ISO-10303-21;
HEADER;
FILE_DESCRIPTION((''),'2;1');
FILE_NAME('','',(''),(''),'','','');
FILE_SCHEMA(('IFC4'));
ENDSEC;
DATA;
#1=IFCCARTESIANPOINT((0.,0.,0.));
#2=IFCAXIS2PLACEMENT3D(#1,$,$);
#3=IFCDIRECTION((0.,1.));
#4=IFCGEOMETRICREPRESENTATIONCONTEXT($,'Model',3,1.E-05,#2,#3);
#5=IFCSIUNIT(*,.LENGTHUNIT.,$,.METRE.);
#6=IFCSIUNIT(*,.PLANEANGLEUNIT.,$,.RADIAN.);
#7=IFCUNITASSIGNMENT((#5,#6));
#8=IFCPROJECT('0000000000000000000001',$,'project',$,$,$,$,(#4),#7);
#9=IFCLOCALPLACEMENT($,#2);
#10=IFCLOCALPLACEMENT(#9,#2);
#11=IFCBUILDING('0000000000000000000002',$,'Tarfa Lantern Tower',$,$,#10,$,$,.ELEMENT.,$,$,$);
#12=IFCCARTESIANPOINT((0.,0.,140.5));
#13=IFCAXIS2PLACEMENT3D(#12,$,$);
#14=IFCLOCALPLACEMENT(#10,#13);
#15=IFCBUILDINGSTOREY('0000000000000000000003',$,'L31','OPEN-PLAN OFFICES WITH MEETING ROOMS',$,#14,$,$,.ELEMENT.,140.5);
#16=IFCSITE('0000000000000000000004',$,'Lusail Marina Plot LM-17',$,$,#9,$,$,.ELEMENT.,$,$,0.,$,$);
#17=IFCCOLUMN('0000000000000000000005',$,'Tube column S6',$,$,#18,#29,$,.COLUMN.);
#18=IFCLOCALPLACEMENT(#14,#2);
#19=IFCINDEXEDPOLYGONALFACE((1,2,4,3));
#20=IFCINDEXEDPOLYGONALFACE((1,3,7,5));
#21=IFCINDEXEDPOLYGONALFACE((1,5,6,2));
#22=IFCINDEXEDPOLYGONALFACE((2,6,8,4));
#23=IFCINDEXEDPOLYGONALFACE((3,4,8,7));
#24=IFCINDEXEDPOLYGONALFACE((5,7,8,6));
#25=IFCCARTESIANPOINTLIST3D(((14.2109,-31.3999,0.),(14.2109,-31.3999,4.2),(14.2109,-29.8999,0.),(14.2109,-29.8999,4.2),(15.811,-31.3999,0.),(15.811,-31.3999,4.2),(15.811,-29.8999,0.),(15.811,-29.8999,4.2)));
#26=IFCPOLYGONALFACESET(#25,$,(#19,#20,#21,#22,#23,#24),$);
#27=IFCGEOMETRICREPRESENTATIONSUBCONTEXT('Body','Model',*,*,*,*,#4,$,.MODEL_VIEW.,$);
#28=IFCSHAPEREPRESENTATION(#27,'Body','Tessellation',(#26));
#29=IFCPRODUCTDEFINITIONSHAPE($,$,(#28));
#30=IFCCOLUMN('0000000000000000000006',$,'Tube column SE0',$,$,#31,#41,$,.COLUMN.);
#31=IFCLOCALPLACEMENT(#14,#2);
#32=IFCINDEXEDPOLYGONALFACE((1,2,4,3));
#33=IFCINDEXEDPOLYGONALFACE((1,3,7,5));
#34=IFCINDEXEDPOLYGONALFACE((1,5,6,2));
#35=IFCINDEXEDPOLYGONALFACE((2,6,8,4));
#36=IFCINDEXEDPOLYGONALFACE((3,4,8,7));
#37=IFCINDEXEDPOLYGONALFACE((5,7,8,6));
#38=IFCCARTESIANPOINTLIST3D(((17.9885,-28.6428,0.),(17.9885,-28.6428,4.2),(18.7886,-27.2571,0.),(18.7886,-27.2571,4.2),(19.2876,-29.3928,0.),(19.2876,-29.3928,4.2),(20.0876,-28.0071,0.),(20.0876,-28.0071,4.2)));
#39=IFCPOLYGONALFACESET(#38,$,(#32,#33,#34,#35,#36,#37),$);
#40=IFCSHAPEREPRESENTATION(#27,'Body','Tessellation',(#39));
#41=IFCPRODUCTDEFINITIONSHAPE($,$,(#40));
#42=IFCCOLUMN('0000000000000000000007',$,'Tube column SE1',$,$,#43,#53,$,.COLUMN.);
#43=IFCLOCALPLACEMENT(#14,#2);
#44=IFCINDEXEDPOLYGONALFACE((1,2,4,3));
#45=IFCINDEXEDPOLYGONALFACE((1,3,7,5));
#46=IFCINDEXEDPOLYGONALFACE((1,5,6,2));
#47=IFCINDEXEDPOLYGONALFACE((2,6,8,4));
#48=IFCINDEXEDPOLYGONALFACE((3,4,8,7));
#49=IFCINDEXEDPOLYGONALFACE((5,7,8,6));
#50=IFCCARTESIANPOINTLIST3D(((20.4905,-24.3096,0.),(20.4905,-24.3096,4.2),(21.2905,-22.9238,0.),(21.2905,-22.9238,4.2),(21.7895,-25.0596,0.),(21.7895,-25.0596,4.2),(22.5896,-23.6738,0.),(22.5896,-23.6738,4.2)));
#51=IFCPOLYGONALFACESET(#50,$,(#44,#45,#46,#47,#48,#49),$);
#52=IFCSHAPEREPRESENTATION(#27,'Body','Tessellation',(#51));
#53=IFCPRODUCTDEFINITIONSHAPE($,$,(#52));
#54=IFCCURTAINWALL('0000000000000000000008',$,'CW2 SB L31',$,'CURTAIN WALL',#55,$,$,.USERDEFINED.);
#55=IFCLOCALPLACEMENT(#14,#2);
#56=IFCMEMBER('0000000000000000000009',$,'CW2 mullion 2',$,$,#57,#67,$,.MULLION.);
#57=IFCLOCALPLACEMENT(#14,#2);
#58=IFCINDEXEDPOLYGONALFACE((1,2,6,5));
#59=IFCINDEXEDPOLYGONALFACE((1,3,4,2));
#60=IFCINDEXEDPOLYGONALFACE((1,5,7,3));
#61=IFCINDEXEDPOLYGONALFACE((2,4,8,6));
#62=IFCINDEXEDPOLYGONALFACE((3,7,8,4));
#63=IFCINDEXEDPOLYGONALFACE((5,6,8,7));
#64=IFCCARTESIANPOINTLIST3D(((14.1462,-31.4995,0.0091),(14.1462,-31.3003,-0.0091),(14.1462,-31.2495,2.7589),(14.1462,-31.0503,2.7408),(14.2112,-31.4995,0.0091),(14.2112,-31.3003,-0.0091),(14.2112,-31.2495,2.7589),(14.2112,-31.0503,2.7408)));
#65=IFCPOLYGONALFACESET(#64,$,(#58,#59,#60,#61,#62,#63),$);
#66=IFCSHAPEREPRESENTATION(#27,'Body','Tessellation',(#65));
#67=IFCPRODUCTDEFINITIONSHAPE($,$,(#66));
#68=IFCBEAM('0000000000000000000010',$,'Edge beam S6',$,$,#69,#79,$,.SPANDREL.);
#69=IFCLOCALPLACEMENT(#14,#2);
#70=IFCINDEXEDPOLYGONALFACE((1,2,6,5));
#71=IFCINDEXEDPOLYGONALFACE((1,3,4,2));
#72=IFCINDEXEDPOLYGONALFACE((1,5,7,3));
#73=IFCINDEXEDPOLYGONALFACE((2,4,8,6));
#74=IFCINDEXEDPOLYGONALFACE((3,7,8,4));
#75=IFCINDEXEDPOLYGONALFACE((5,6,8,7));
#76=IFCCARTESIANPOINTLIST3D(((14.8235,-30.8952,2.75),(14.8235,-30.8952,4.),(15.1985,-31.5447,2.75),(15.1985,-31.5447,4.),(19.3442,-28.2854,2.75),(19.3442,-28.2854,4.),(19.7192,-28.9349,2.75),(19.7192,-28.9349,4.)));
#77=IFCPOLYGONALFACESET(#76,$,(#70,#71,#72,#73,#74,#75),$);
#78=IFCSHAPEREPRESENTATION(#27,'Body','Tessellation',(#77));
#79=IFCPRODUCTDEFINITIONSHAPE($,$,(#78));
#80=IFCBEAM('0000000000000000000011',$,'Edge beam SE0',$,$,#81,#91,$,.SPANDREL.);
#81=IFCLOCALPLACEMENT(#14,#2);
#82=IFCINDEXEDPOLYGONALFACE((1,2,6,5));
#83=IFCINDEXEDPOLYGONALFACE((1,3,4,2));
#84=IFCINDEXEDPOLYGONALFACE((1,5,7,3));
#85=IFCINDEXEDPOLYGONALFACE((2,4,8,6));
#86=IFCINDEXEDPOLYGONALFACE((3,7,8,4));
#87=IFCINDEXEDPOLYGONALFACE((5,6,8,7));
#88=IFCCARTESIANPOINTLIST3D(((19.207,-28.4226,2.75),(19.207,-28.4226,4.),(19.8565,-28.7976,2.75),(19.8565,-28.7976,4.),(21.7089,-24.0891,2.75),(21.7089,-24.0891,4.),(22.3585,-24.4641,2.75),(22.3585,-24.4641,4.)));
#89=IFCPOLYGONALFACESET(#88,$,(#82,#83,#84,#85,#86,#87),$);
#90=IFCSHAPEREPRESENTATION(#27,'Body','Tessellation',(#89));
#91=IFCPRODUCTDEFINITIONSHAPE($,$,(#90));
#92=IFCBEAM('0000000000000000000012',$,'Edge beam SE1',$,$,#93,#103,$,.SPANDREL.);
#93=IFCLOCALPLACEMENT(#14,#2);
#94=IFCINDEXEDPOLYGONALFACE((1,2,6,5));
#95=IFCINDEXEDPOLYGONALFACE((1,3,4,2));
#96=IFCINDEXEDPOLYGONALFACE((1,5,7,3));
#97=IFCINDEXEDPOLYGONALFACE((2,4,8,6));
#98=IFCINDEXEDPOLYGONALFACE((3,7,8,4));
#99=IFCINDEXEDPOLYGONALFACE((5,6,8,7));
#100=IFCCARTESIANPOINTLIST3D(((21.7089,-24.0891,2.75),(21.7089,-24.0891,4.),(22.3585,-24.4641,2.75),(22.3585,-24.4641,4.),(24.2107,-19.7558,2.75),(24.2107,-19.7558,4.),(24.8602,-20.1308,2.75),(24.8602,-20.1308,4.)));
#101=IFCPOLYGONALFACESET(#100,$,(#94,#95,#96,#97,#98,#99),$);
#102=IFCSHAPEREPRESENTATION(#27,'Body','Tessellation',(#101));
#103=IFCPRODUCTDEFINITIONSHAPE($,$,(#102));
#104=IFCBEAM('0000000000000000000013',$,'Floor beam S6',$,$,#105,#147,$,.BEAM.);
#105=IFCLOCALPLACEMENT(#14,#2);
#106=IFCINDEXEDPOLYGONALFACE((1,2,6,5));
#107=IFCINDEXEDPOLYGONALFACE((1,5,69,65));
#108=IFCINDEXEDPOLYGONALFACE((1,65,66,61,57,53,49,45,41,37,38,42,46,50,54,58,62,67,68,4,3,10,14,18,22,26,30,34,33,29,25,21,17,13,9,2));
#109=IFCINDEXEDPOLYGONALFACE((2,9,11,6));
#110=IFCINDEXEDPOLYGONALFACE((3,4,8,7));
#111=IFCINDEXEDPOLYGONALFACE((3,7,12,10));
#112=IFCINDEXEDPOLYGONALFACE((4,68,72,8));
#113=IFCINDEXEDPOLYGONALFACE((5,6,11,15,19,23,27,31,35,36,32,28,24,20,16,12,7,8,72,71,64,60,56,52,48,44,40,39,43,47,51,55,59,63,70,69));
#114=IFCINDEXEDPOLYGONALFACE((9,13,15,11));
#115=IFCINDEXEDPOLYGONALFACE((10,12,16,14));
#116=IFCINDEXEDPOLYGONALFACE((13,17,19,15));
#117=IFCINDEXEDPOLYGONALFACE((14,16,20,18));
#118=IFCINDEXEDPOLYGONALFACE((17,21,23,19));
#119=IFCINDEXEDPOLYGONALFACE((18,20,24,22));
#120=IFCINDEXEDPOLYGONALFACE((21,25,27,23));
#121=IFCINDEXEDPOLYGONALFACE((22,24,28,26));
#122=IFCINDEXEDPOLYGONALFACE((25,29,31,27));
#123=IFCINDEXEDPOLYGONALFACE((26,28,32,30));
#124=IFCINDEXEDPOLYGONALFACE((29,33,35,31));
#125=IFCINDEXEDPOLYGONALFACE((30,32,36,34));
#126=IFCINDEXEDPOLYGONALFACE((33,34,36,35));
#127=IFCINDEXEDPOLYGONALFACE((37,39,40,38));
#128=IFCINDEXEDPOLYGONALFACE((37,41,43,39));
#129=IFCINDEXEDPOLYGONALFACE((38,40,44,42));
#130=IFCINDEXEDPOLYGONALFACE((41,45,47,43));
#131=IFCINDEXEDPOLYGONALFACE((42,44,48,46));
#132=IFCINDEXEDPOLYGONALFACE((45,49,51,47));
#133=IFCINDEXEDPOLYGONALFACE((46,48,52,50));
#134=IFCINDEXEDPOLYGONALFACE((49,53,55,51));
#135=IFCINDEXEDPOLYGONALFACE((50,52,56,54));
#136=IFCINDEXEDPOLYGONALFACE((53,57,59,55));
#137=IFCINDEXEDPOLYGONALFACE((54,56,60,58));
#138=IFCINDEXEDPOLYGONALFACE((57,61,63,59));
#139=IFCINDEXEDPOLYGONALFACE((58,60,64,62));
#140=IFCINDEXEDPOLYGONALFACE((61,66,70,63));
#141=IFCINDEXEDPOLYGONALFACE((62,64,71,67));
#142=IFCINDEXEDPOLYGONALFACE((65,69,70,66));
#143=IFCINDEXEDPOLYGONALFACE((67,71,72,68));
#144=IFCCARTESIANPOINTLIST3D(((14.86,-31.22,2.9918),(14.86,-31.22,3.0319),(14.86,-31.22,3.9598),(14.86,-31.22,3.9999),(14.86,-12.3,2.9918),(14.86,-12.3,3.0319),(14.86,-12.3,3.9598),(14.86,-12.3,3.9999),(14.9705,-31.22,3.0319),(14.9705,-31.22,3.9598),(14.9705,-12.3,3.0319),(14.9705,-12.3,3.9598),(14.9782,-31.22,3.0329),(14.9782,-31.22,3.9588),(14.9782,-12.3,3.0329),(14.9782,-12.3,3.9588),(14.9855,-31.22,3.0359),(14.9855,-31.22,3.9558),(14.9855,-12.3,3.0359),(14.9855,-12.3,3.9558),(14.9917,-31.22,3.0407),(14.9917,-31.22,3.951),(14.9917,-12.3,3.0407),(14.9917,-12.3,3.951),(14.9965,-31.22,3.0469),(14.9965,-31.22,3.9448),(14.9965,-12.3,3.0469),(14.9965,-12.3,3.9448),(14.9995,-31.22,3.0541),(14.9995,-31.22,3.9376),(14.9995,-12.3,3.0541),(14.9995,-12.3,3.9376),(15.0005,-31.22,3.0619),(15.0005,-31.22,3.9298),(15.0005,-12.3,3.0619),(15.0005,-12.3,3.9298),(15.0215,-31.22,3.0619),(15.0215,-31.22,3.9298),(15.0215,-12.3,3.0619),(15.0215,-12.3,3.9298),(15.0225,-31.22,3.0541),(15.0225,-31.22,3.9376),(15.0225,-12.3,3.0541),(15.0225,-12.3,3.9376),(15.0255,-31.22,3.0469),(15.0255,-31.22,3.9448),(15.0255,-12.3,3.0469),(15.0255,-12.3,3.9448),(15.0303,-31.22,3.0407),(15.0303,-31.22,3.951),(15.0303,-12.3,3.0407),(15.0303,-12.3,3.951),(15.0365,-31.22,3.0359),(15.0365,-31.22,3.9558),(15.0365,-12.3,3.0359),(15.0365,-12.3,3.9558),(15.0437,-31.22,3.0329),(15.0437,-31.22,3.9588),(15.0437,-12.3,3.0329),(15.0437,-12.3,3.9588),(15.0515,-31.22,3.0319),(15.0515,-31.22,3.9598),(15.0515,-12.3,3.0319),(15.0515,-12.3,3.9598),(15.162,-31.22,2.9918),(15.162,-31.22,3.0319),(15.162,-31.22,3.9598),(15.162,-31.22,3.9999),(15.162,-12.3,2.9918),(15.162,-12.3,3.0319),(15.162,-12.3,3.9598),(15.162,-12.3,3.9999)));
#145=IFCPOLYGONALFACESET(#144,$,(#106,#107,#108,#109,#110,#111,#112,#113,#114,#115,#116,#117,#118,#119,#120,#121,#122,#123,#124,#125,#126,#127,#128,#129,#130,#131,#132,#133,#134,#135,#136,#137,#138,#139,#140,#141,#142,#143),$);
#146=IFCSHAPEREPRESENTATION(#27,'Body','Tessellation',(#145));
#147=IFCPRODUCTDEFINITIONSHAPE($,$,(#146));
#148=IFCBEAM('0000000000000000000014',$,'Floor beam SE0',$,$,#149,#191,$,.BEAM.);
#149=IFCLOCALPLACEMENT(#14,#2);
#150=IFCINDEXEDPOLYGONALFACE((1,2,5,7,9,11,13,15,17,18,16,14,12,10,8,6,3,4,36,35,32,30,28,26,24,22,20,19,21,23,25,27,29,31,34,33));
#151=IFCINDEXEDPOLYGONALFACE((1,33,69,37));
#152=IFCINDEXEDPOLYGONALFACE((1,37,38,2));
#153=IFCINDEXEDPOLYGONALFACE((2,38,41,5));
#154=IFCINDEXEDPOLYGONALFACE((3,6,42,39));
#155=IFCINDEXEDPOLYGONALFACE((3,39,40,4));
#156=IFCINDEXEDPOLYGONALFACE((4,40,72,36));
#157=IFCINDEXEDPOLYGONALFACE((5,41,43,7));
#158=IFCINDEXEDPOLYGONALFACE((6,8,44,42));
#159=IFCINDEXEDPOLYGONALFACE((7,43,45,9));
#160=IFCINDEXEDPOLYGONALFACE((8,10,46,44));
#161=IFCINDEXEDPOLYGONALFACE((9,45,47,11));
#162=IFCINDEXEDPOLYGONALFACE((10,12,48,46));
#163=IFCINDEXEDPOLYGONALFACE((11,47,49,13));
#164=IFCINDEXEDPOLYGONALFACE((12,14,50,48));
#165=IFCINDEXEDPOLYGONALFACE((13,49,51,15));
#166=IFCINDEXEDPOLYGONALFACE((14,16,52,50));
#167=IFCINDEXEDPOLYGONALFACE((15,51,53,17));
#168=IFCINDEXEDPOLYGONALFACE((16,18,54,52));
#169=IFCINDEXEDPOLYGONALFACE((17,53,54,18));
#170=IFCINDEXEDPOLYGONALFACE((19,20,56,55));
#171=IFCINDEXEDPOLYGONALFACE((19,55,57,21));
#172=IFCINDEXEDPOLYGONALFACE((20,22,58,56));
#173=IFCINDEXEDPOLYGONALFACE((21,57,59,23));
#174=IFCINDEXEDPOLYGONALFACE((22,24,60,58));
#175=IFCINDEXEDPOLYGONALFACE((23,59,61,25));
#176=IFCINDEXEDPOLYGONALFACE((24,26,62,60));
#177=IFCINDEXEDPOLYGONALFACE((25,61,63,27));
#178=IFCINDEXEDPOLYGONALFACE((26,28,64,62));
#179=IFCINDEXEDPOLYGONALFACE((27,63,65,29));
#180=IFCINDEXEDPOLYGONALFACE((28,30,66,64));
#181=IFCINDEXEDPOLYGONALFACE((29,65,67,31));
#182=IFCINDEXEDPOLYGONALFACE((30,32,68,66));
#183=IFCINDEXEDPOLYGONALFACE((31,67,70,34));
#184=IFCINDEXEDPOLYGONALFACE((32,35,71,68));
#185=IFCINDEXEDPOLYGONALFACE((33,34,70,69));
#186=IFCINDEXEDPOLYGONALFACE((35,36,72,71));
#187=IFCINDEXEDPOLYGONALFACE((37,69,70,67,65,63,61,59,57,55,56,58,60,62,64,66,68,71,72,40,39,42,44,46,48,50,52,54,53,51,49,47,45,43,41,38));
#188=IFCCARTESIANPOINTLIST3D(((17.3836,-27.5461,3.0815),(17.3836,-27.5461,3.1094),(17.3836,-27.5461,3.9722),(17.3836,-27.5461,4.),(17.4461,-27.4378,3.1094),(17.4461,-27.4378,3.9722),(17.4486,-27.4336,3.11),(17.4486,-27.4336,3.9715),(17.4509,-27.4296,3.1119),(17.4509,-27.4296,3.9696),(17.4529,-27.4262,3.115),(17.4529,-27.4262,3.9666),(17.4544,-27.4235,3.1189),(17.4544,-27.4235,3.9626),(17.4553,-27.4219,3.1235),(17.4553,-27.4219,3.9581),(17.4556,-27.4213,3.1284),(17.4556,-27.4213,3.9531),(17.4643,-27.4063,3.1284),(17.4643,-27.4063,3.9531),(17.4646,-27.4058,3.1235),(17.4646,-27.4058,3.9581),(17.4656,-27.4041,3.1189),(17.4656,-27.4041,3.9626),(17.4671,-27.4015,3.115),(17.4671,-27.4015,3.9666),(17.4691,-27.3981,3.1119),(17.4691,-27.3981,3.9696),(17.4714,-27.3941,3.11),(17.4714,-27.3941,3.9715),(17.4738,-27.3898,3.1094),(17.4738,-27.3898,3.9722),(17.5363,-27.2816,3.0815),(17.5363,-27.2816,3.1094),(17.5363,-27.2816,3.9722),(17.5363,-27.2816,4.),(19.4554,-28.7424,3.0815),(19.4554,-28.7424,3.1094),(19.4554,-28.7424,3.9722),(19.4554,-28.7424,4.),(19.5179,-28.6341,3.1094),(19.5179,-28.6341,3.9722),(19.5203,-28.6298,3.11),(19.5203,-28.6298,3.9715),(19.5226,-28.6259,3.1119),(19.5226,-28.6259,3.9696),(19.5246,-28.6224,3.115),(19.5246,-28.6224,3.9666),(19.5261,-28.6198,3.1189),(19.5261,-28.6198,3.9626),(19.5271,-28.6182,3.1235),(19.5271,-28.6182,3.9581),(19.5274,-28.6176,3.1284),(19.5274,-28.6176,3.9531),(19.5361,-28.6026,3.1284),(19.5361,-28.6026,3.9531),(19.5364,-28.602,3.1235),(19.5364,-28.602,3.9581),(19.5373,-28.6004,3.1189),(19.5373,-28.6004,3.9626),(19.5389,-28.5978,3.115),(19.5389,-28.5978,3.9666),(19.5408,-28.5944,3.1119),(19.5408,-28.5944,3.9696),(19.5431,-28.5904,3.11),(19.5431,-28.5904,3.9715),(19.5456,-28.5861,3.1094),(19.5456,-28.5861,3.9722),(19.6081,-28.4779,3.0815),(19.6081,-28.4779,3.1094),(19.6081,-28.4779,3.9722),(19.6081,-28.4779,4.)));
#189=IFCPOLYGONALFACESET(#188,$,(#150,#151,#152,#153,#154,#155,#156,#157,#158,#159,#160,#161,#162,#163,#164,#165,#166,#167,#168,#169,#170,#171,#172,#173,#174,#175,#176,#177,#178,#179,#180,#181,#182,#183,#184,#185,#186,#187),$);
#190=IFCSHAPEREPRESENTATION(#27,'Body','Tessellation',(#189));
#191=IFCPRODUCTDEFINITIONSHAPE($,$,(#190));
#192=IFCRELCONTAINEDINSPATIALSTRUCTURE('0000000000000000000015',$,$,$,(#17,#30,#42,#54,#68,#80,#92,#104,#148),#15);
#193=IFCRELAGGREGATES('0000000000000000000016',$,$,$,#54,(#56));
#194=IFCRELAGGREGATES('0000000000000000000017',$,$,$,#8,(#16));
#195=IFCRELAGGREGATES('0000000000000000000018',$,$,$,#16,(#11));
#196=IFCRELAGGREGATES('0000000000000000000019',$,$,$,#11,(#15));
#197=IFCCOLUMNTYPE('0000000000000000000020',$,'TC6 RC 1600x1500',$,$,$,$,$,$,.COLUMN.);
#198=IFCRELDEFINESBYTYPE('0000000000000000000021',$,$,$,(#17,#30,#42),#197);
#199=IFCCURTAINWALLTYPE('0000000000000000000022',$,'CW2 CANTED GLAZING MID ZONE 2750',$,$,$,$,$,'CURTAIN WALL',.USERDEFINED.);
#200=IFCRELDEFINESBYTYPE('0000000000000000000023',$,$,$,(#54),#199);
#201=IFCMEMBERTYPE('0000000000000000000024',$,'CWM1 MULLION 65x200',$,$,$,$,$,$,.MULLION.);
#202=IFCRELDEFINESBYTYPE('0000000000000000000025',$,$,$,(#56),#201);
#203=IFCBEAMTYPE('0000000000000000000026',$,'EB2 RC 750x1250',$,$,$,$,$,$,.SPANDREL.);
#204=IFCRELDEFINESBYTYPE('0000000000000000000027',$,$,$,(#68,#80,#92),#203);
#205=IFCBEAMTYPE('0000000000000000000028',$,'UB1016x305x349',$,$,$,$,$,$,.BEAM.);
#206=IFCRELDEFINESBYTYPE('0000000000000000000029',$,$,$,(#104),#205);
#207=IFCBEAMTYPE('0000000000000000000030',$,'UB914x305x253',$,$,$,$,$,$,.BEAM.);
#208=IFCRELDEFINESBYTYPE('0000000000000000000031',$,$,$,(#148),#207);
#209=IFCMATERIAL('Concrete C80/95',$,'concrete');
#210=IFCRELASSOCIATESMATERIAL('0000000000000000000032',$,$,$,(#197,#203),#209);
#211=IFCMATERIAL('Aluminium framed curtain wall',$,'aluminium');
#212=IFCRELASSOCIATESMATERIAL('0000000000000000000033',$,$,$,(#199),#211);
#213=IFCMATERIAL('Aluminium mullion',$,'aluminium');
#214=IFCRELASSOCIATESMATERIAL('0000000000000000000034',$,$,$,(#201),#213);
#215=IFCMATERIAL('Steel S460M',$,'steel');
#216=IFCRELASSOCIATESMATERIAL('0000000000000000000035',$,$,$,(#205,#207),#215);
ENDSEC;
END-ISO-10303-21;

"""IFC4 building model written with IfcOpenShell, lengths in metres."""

from ifc_helpers import new_model, si_unit, direction, frame, origin, origin_2d, place, context, subcontext, project, spatial, rectangle, i_section, extrude, material, material_profile, profile_set, type_object, element, aggregate, save


model = new_model("IFC4")

# Units and contexts
model_context = context("Model", 3, precision=1e-05, world=origin(), true_north=direction((0.0, 1.0)))
body_context = subcontext(model_context, "Body", "Model", "MODEL_VIEW")
ifc_project = project(units=[si_unit("LENGTHUNIT", "METRE"), si_unit("PLANEANGLEUNIT", "RADIAN")], contexts=[model_context])

# Site, building, storey
site_placement = place(None, origin())
site = spatial("IfcSite", under=ifc_project, at=site_placement, Name="Lusail Marina Plot LM-17", CompositionType="ELEMENT", RefElevation=0.0)
building_placement = place(site_placement, origin())
building = spatial("IfcBuilding", under=site, at=building_placement, Name="Tarfa Lantern Tower", CompositionType="ELEMENT")
storey_placement = place(building_placement, frame((0.0, 0.0, 140.5)))
storey = spatial("IfcBuildingStorey", under=building, at=storey_placement, Name="L31", Description="OPEN-PLAN OFFICES WITH MEETING ROOMS", CompositionType="ELEMENT", Elevation=140.5)

# Columns
ifc_material_1 = material(Name="Concrete C80/95", Category="concrete")
ifc_material_profile_1 = material_profile(ifc_material_1, rectangle(XDim=1.6001, YDim=1.5, at=origin_2d()), Name="RC 1600x1500")
ifc_profile_set_1 = profile_set([ifc_material_profile_1], Name="Concrete C80/95")
column_type = type_object("IfcColumnType", Name="TC6 RC 1600x1500", PredefinedType="COLUMN", material=ifc_profile_set_1)
for number, where, z_axis, x_axis, name in (
    (1, (15.011, -30.6499, 0.0), (0.0, 0.0, 1.0), (1.0, 0.0, 0.0), "Tube column S6"),
    (2, (19.0381, -28.325, 0.0), (0.0, 0.0, 1.0), (0.5, 0.866025, 0.0), "Tube column SE0"),
    (3, (21.54, -23.9917, 0.0), (0.0, 0.0, 1.0), (0.5, 0.866025, 0.0), "Tube column SE1"),
):
    element("IfcColumn", number, at=place(storey_placement, frame(where, z_axis=z_axis, x_axis=x_axis)), inside=storey, type_object=column_type, Name=name, PredefinedType="COLUMN", context=body_context, shape_type="SweptSolid", body=[
        extrude(rectangle(XDim=1.6001, YDim=1.5, at=origin_2d()), origin(), (0.0, 0.0, 1.0), 4.2),
    ])

# Curtain wall, member
ifc_material_2 = material(Name="Aluminium framed curtain wall", Category="aluminium")
curtain_wall_type = type_object("IfcCurtainWallType", Name="CW2 CANTED GLAZING MID ZONE 2750", ElementType="CURTAIN WALL", PredefinedType="USERDEFINED", material=ifc_material_2)
curtain_wall_placement = place(storey_placement, origin())
curtain_wall = element("IfcCurtainWall", 4, at=curtain_wall_placement, inside=storey, type_object=curtain_wall_type, Name="CW2 SB L31", ObjectType="CURTAIN WALL", PredefinedType="USERDEFINED")
ifc_material_3 = material(Name="Aluminium mullion", Category="aluminium")
ifc_material_profile_2 = material_profile(ifc_material_3, rectangle(XDim=0.0649, YDim=0.2, at=origin_2d()), Name="AL MULLION 65x200")
ifc_profile_set_2 = profile_set([ifc_material_profile_2], Name="Aluminium mullion")
member_type = type_object("IfcMemberType", Name="CWM1 MULLION 65x200", PredefinedType="MULLION", material=ifc_profile_set_2)
member_placement = place(storey_placement, frame((14.1787, -31.3999, 0.0), z_axis=(0.0, 0.090536, 0.995893), x_axis=(-1.0, 0.0, 0.0)))
member = element("IfcMember", 5, at=member_placement, type_object=member_type, Name="CW2 mullion 2", PredefinedType="MULLION", context=body_context, shape_type="SweptSolid", body=[
    extrude(rectangle(XDim=0.0649, YDim=0.2, at=origin_2d()), origin(), (0.0, 0.0, 1.0), 2.7612),
])
aggregate(curtain_wall, [member])

# Beams
ifc_material_profile_3 = material_profile(ifc_material_1, rectangle(XDim=0.75, YDim=1.25, at=origin_2d()), Name="RC 750x1250")
ifc_profile_set_3 = profile_set([ifc_material_profile_3], Name="Concrete C80/95")
beam_type_1 = type_object("IfcBeamType", Name="EB2 RC 750x1250", PredefinedType="SPANDREL", material=ifc_profile_set_3)
beam_1_placement = place(storey_placement, frame((15.011, -31.22, 3.375), z_axis=(0.866042, 0.499972, 0.0), x_axis=(-0.499972, 0.866042, 0.0)))
element("IfcBeam", 6, at=beam_1_placement, inside=storey, type_object=beam_type_1, Name="Edge beam S6", PredefinedType="SPANDREL", context=body_context, shape_type="SweptSolid", body=[
    extrude(rectangle(XDim=0.75, YDim=1.25, at=origin_2d()), origin(), (0.0, 0.0, 1.0), 5.22),
])
beam_2_placement = place(storey_placement, frame((19.5317, -28.6101, 3.375), z_axis=(0.500001, 0.866025, 0.0), x_axis=(-0.866025, 0.500001, 0.0)))
element("IfcBeam", 7, at=beam_2_placement, inside=storey, type_object=beam_type_1, Name="Edge beam SE0", PredefinedType="SPANDREL", context=body_context, shape_type="SweptSolid", body=[
    extrude(rectangle(XDim=0.75, YDim=1.25, at=origin_2d()), origin(), (0.0, 0.0, 1.0), 5.0039),
])
beam_3_placement = place(storey_placement, frame((22.0337, -24.2766, 3.375), z_axis=(0.499986, 0.866034, 0.0), x_axis=(-0.866034, 0.499986, 0.0)))
element("IfcBeam", 8, at=beam_3_placement, inside=storey, type_object=beam_type_1, Name="Edge beam SE1", PredefinedType="SPANDREL", context=body_context, shape_type="SweptSolid", body=[
    extrude(rectangle(XDim=0.75, YDim=1.25, at=origin_2d()), origin(), (0.0, 0.0, 1.0), 5.0037),
])
ifc_material_4 = material(Name="Steel S460M", Category="steel")
ifc_material_profile_4 = material_profile(ifc_material_4, i_section(OverallWidth=0.302, OverallDepth=1.0081, WebThickness=0.021, FlangeThickness=0.04, FilletRadius=0.03, at=origin_2d()), Name="UB1016x305x349")
ifc_profile_set_4 = profile_set([ifc_material_profile_4], Name="Steel S460M")
beam_type_2 = type_object("IfcBeamType", Name="UB1016x305x349", PredefinedType="BEAM", material=ifc_profile_set_4)
beam_4_placement = place(storey_placement, frame((15.011, -31.22, 3.4958), z_axis=(0.0, 1.0, 0.0), x_axis=(-1.0, 0.0, 0.0)))
element("IfcBeam", 9, at=beam_4_placement, inside=storey, type_object=beam_type_2, Name="Floor beam S6", PredefinedType="BEAM", context=body_context, shape_type="SweptSolid", body=[
    extrude(i_section(OverallWidth=0.302, OverallDepth=1.0081, WebThickness=0.021, FlangeThickness=0.04, FilletRadius=0.03, at=origin_2d()), origin(), (0.0, 0.0, 1.0), 18.9199),
])
ifc_material_profile_5 = material_profile(ifc_material_4, i_section(OverallWidth=0.3054, OverallDepth=0.9185, WebThickness=0.0173, FlangeThickness=0.0278, FilletRadius=0.019, at=origin_2d()), Name="UB914x305x253")
ifc_profile_set_5 = profile_set([ifc_material_profile_5], Name="Steel S460M")
beam_type_3 = type_object("IfcBeamType", Name="UB914x305x253", PredefinedType="BEAM", material=ifc_profile_set_5)
beam_5_placement = place(storey_placement, frame((19.5317, -28.6101, 3.5408), z_axis=(-0.865999, 0.500046, 0.0), x_axis=(-0.500046, -0.865999, 0.0)))
element("IfcBeam", 10, at=beam_5_placement, inside=storey, type_object=beam_type_3, Name="Floor beam SE0", PredefinedType="BEAM", context=body_context, shape_type="SweptSolid", body=[
    extrude(i_section(OverallWidth=0.3054, OverallDepth=0.9185, WebThickness=0.0173, FlangeThickness=0.0278, FilletRadius=0.019, at=origin_2d()), origin(), (0.0, 0.0, 1.0), 2.3923),
])

save(model, "model.ifc")
